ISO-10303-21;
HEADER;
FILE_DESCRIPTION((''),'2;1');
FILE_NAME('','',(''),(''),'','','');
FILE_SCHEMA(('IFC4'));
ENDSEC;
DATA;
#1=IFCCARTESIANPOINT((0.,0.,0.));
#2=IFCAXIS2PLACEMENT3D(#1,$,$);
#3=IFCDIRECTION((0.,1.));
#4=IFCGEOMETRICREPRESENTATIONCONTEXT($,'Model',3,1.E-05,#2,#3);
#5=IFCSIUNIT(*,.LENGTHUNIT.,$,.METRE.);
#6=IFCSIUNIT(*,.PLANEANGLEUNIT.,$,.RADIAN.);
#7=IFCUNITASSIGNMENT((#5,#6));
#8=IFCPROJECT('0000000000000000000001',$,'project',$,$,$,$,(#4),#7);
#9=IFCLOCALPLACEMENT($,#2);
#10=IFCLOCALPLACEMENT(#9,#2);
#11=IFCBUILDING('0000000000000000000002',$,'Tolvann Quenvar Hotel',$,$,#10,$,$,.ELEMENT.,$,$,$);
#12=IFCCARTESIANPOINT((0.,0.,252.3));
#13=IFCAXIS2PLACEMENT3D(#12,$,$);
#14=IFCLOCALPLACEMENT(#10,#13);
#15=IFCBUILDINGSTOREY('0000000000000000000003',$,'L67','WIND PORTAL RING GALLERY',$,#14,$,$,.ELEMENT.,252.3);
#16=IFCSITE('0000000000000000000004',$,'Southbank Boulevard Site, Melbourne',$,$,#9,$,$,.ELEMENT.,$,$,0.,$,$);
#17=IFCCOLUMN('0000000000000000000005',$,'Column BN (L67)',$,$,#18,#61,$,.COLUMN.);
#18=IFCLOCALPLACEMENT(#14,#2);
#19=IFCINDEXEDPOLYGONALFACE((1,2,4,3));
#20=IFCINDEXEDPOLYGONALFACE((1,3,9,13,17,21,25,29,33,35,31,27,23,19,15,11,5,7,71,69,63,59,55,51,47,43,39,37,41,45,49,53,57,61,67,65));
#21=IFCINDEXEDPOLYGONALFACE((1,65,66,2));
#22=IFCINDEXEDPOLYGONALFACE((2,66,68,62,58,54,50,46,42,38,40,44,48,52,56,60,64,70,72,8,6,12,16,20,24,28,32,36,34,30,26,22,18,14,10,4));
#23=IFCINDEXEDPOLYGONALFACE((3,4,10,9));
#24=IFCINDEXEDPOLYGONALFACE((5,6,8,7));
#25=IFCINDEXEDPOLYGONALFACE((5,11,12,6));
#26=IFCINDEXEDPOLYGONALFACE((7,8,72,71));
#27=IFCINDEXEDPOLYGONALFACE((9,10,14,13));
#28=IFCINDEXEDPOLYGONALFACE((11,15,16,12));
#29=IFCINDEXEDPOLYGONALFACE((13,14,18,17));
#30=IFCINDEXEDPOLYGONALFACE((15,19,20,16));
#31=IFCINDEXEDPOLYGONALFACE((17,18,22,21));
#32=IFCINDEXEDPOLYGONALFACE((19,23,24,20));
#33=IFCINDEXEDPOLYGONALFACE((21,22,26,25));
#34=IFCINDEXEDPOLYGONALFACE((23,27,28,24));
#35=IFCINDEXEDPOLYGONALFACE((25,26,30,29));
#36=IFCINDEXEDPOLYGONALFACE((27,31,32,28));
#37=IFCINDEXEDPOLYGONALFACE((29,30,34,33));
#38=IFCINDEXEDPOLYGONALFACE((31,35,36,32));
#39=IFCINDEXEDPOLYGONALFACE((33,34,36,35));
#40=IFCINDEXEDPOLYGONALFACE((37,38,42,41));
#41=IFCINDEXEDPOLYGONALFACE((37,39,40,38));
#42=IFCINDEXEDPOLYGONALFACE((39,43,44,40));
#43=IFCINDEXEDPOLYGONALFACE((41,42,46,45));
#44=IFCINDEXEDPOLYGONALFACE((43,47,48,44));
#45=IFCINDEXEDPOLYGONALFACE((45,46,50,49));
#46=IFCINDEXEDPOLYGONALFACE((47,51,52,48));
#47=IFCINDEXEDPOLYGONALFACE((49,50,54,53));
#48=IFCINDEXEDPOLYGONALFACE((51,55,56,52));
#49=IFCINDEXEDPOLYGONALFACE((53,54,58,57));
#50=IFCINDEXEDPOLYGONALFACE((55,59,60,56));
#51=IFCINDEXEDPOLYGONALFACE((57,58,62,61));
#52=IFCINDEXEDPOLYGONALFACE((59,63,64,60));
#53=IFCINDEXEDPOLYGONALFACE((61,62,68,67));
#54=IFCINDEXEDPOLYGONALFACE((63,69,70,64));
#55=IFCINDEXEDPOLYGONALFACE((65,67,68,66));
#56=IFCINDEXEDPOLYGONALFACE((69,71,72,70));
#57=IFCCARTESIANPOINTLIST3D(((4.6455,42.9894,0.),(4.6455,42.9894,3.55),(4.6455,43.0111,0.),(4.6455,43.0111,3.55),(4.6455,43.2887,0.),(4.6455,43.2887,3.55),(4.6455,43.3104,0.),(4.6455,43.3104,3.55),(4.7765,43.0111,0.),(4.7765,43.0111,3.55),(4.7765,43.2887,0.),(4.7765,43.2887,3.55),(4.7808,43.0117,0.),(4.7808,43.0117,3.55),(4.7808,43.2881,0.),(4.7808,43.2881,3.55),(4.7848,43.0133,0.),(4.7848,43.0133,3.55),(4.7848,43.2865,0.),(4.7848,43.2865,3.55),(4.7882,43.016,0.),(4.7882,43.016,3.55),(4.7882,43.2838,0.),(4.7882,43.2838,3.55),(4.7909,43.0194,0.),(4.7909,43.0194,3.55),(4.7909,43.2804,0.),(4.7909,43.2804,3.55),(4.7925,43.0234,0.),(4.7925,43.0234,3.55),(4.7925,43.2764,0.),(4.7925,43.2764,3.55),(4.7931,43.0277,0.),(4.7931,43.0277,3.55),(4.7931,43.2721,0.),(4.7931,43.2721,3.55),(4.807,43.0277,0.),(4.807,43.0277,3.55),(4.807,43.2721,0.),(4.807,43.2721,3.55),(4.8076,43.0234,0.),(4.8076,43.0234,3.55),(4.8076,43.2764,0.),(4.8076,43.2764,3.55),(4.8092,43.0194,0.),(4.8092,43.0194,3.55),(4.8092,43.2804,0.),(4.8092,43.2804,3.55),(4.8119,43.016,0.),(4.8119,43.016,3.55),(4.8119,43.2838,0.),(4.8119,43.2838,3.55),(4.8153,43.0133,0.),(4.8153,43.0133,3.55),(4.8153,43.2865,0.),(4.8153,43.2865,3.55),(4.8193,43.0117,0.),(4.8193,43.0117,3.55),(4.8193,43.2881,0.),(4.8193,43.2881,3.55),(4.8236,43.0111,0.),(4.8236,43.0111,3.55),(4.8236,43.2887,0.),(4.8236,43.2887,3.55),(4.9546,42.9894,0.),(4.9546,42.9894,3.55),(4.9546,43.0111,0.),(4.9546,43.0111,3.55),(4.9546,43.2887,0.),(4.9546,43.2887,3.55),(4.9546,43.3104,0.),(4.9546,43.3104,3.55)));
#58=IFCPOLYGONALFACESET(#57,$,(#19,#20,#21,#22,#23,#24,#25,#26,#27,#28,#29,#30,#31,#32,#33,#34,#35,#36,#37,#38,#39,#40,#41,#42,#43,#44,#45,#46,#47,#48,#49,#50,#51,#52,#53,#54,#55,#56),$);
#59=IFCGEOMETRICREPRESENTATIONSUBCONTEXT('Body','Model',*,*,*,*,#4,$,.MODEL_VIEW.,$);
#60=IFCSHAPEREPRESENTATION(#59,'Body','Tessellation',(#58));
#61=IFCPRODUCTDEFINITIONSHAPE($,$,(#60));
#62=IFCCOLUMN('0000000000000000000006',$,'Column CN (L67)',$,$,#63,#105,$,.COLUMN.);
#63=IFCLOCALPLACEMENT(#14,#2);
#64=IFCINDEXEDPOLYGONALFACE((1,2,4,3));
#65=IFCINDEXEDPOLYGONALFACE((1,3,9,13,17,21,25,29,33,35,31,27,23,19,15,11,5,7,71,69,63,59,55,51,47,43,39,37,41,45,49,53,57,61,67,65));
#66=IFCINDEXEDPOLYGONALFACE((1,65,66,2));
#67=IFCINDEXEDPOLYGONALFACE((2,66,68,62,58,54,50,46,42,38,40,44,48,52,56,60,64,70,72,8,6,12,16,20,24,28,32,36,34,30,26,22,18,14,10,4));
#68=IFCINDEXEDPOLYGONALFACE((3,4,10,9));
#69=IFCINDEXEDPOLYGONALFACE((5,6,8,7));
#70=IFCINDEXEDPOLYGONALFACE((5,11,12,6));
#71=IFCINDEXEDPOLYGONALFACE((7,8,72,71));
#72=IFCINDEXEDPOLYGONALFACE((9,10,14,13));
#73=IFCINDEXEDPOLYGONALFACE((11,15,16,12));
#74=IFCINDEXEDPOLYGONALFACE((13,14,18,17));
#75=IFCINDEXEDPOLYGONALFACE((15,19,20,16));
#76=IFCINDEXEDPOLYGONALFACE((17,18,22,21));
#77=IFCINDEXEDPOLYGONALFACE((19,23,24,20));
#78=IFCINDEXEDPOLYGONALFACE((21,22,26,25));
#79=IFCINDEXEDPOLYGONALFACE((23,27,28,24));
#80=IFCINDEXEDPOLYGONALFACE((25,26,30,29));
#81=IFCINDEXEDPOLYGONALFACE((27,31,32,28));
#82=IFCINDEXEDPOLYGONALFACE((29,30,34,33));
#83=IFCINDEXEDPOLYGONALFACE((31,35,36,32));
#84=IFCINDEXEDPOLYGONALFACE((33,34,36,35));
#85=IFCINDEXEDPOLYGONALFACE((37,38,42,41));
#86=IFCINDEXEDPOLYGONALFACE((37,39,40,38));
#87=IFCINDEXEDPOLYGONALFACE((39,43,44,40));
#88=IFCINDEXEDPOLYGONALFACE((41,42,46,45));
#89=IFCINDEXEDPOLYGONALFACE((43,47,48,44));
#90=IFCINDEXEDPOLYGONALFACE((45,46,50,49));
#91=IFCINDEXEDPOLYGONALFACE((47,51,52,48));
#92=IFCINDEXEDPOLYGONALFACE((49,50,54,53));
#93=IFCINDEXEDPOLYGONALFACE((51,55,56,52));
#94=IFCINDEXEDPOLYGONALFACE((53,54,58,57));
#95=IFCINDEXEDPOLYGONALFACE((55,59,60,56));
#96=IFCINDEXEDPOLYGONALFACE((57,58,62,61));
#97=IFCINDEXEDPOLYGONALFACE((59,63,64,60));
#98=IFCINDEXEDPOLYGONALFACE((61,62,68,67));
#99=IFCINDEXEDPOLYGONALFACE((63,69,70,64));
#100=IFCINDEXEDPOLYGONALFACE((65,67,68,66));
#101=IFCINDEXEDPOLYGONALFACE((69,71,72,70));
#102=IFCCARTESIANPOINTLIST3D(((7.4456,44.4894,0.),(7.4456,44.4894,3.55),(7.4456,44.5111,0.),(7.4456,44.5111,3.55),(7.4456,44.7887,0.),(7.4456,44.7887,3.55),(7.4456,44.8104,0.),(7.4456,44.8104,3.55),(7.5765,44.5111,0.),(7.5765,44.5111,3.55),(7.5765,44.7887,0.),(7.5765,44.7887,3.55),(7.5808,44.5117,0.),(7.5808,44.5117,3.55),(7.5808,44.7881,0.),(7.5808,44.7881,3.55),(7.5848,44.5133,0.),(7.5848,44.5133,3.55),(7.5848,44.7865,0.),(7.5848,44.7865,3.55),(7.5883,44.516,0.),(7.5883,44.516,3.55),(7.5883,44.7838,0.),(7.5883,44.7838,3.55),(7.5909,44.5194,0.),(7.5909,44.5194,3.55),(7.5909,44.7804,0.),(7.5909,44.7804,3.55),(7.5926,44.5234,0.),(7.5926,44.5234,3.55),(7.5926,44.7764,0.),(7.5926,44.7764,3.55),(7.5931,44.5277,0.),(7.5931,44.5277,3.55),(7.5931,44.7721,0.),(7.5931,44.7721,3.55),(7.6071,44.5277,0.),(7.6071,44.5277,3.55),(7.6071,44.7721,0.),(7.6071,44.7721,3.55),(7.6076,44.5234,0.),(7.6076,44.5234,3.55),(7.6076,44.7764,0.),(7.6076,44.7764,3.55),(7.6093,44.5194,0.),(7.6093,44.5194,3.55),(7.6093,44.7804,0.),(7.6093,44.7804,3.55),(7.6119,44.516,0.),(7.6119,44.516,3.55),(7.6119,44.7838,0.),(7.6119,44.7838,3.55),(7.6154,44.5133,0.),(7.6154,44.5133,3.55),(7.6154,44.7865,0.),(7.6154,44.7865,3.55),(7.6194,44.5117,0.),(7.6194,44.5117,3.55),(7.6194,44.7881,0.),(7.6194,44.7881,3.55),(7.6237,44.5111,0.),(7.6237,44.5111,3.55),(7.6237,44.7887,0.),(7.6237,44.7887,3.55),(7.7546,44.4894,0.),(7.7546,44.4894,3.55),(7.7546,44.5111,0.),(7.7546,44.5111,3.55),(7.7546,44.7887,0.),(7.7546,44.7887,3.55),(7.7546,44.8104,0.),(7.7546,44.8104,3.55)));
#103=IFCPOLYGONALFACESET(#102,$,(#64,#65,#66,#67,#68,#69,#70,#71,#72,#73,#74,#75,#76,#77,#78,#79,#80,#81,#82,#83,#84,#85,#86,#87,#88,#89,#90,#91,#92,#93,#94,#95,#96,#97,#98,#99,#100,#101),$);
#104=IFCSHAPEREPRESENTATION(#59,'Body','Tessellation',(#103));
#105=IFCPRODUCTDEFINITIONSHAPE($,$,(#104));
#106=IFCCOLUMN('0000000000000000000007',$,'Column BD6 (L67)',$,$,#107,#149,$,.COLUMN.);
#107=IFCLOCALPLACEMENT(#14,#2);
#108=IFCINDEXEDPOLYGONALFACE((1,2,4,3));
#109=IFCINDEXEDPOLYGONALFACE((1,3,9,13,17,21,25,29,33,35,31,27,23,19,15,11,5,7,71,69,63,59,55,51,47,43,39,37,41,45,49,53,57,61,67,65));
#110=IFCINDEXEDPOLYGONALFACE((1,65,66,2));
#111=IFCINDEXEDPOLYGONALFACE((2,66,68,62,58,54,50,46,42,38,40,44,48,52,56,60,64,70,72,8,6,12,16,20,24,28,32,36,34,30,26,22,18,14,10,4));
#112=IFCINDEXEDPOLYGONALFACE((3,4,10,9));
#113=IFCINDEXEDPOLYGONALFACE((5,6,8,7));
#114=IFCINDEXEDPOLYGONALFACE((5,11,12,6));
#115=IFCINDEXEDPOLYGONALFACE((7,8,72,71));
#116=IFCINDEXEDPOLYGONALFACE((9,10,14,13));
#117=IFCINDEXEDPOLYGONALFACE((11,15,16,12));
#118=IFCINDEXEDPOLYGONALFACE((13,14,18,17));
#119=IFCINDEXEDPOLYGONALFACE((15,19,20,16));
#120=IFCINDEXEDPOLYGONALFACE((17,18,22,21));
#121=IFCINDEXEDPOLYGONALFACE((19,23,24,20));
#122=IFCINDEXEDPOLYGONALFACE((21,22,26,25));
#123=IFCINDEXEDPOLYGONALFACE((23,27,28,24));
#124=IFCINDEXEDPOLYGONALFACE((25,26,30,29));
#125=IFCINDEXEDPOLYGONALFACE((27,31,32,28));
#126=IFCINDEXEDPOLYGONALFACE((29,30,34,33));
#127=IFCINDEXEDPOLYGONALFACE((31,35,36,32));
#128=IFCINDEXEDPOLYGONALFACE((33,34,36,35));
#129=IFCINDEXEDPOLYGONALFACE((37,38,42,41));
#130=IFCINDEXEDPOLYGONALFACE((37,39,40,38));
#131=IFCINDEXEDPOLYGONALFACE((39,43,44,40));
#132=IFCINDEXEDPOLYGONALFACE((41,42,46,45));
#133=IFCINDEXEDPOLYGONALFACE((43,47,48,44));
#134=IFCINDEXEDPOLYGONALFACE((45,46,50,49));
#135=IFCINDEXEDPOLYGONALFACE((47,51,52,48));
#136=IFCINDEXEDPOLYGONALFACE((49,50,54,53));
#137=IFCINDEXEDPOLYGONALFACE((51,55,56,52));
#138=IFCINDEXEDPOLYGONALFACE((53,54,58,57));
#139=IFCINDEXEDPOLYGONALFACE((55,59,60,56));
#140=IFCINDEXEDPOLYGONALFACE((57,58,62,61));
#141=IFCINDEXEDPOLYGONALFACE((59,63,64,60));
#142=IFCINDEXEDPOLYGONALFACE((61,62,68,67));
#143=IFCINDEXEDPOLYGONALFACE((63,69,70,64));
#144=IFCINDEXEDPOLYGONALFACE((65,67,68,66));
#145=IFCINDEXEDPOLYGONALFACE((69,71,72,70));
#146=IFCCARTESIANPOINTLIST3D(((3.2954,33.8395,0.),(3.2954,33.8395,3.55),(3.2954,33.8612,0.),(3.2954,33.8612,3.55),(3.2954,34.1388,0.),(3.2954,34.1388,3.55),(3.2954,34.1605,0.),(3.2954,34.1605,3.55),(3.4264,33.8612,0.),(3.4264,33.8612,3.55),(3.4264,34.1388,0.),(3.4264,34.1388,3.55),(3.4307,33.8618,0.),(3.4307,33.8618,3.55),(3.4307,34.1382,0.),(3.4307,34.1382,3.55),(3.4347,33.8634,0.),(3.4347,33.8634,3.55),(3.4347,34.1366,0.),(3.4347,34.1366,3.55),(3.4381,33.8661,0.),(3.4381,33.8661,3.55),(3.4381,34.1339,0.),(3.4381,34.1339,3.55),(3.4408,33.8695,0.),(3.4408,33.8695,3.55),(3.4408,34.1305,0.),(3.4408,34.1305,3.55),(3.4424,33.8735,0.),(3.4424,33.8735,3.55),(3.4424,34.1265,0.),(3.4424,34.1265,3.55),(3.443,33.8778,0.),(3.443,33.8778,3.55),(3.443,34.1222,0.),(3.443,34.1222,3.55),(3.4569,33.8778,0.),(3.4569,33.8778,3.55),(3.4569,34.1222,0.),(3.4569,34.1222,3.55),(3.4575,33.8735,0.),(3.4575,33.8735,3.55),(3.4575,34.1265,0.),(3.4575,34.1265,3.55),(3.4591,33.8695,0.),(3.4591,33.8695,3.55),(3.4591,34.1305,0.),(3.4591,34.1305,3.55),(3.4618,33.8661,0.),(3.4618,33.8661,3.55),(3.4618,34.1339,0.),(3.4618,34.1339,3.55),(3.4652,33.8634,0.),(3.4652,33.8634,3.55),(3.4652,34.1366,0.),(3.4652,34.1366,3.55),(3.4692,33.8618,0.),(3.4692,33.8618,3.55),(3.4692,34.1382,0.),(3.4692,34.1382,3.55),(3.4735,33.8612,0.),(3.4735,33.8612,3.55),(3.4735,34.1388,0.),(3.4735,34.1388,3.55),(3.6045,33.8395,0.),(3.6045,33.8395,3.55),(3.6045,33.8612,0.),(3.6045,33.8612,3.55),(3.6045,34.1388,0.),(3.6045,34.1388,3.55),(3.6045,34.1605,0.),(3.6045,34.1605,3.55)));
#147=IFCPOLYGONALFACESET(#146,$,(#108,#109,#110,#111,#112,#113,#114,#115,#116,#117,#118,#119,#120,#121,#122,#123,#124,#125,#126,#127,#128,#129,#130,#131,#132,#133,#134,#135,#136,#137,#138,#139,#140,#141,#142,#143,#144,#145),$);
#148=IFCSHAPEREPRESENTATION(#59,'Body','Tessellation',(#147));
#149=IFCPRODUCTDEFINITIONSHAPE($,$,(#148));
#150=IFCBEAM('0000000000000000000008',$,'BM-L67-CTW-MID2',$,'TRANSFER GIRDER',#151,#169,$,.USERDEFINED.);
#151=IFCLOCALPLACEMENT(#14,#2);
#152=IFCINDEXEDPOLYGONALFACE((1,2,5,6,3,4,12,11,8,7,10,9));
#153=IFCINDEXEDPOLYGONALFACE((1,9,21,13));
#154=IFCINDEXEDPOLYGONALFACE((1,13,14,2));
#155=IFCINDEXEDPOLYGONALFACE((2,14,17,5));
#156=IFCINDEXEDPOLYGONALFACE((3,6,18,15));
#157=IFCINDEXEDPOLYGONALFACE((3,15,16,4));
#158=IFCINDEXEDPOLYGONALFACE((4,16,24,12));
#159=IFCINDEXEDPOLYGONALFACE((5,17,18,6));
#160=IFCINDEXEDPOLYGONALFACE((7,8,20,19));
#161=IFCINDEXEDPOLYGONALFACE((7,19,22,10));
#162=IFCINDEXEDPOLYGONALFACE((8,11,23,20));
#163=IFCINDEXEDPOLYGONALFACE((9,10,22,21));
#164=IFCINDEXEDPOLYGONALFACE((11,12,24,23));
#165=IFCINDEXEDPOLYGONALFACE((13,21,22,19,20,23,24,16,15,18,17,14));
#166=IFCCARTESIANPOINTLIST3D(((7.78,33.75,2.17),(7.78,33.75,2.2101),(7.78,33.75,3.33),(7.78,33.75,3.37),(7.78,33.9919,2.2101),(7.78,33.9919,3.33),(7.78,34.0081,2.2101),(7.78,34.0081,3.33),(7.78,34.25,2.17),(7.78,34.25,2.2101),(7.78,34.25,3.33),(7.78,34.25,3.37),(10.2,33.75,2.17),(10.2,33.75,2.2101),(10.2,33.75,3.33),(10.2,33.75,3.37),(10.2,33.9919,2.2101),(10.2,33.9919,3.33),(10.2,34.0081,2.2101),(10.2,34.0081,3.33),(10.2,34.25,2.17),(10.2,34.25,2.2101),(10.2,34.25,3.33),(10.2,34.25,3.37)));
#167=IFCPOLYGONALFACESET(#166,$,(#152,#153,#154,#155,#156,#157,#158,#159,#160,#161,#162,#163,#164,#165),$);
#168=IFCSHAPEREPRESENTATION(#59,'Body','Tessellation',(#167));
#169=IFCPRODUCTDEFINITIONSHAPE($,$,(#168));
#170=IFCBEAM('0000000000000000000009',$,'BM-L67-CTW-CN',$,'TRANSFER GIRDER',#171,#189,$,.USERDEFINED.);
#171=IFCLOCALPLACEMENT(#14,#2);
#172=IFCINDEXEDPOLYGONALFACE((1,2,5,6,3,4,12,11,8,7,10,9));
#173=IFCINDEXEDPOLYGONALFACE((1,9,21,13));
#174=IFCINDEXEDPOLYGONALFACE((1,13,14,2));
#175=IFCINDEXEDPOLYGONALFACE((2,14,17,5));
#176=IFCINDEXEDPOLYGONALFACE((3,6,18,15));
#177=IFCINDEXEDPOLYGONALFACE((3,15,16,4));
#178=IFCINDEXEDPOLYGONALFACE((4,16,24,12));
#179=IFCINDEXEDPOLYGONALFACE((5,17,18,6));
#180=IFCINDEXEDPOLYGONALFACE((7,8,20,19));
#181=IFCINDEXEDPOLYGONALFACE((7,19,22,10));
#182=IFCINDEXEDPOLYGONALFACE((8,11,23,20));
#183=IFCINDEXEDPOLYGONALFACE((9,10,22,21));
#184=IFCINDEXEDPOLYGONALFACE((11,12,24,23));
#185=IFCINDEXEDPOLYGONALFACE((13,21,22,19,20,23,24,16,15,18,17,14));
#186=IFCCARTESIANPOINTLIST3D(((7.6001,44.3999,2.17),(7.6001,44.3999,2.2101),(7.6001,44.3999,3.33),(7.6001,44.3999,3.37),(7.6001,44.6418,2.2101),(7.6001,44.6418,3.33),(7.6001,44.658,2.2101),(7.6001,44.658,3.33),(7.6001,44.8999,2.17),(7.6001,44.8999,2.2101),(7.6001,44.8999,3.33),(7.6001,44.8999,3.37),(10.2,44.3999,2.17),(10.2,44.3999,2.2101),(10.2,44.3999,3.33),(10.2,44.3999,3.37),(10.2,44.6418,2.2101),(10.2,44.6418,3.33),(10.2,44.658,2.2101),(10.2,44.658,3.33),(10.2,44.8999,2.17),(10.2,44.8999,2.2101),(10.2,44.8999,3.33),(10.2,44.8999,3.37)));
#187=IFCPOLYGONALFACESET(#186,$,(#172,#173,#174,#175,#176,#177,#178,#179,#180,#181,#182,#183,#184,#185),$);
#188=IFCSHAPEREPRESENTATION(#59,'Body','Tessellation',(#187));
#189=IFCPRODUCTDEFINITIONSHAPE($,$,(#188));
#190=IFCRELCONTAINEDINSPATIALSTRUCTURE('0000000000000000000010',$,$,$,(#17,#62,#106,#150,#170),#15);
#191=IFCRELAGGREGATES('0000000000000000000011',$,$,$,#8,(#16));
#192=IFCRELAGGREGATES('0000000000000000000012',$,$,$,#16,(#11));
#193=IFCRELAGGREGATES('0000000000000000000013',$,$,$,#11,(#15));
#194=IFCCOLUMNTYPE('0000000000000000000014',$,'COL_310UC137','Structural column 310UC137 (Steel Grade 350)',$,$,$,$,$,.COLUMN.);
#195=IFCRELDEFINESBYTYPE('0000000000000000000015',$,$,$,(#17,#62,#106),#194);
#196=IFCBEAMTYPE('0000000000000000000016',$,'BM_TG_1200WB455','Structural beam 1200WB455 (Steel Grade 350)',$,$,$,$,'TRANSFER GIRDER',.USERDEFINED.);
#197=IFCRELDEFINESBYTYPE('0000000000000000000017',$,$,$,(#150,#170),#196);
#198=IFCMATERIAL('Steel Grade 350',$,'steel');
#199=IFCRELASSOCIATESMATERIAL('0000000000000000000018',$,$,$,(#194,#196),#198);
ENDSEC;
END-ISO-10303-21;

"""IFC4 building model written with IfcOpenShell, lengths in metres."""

from ifc_helpers import new_model, si_unit, direction, frame, origin, origin_2d, place, context, subcontext, project, spatial, i_section, extrude, source, transform, mapped, material, material_profile, profile_set, type_object, type_shapes, element, save


model = new_model("IFC4")

# Units and contexts
model_context = context("Model", 3, precision=1e-05, world=origin(), true_north=direction((0.0, 1.0)))
body_context = subcontext(model_context, "Body", "Model", "MODEL_VIEW")
ifc_project = project(units=[si_unit("LENGTHUNIT", "METRE"), si_unit("PLANEANGLEUNIT", "RADIAN")], contexts=[model_context])

# Site, building, storey
site_placement = place(None, origin())
site = spatial("IfcSite", under=ifc_project, at=site_placement, Name="Southbank Boulevard Site, Melbourne", CompositionType="ELEMENT", RefElevation=0.0)
building_placement = place(site_placement, origin())
building = spatial("IfcBuilding", under=site, at=building_placement, Name="Tolvann Quenvar Hotel", CompositionType="ELEMENT")
storey_placement = place(building_placement, frame((0.0, 0.0, 252.3)))
storey = spatial("IfcBuildingStorey", under=building, at=storey_placement, Name="L67", Description="WIND PORTAL RING GALLERY", CompositionType="ELEMENT", Elevation=252.3)

# Columns
ifc_material_1 = material(Name="Steel Grade 350", Category="steel")
ifc_material_profile_1 = material_profile(ifc_material_1, i_section(OverallWidth=0.3091, OverallDepth=0.321, WebThickness=0.0139, FlangeThickness=0.0217, FilletRadius=0.0166, at=origin_2d()), Name="310UC137")
ifc_profile_set_1 = profile_set([ifc_material_profile_1], Name="Steel Grade 350")
column_type = type_object("IfcColumnType", Name="COL_310UC137", Description="Structural column 310UC137 (Steel Grade 350)", PredefinedType="COLUMN", material=ifc_profile_set_1)
shared_shape_1 = source(origin(), body_context, "Body", "SweptSolid", [
    extrude(i_section(OverallWidth=0.3091, OverallDepth=0.321, WebThickness=0.0139, FlangeThickness=0.0217, FilletRadius=0.0166, at=origin_2d()), origin(), (0.0, 0.0, 1.0), 3.55),
])
type_shapes(column_type, [shared_shape_1])
for number, where, z_axis, x_axis, name in (
    (1, (4.8, 43.1499, 0.0), (0.0, 0.0, 1.0), (1.0, 0.0, 0.0), "Column BN (L67)"),
    (2, (7.6001, 44.6499, 0.0), (0.0, 0.0, 1.0), (1.0, 0.0, 0.0), "Column CN (L67)"),
    (3, (3.45, 34.0, 0.0), (0.0, 0.0, 1.0), (1.0, 0.0, 0.0), "Column BD6 (L67)"),
):
    element("IfcColumn", number, at=place(storey_placement, frame(where, z_axis=z_axis, x_axis=x_axis)), inside=storey, type_object=column_type, Name=name, PredefinedType="COLUMN", context=body_context, shape_type="MappedRepresentation", body=[
        mapped(shared_shape_1, transform((0.0, 0.0, 0.0), x_axis=(1.0, 0.0, 0.0), y_axis=(0.0, 1.0, 0.0), z_axis=(0.0, 0.0, 1.0), scale=1.0)),
    ])

# Beams
ifc_material_profile_2 = material_profile(ifc_material_1, i_section(OverallWidth=0.5, OverallDepth=1.2, WebThickness=0.0161, FlangeThickness=0.04, at=origin_2d()), Name="1200WB455")
ifc_profile_set_2 = profile_set([ifc_material_profile_2], Name="Steel Grade 350")
beam_type_1 = type_object("IfcBeamType", Name="BM_TG_1200WB455", Description="Structural beam 1200WB455 (Steel Grade 350)", ElementType="TRANSFER GIRDER", PredefinedType="USERDEFINED", material=ifc_profile_set_2)
shared_shape_2 = source(origin(), body_context, "Body", "SweptSolid", [
    extrude(i_section(OverallWidth=0.5, OverallDepth=1.2, WebThickness=0.0161, FlangeThickness=0.04, at=origin_2d()), origin(), (0.0, 0.0, 1.0), 2.4199),
])
beam_1_placement = place(storey_placement, frame((7.78, 34.0, 2.77), z_axis=(1.0, 0.0, 0.0), x_axis=(0.0, 1.0, 0.0)))
element("IfcBeam", 4, at=beam_1_placement, inside=storey, type_object=beam_type_1, Name="BM-L67-CTW-MID2", ObjectType="TRANSFER GIRDER", PredefinedType="USERDEFINED", context=body_context, shape_type="MappedRepresentation", body=[
    mapped(shared_shape_2, transform((0.0, 0.0, 0.0), x_axis=(1.0, 0.0, 0.0), y_axis=(0.0, 1.0, 0.0), z_axis=(0.0, 0.0, 1.0), scale=1.0)),
])
shared_shape_3 = source(origin(), body_context, "Body", "SweptSolid", [
    extrude(i_section(OverallWidth=0.5, OverallDepth=1.2, WebThickness=0.0161, FlangeThickness=0.04, at=origin_2d()), origin(), (0.0, 0.0, 1.0), 2.5999),
])
beam_2_placement = place(storey_placement, frame((7.6001, 44.6499, 2.77), z_axis=(1.0, 0.0, 0.0), x_axis=(0.0, 1.0, 0.0)))
element("IfcBeam", 5, at=beam_2_placement, inside=storey, type_object=beam_type_1, Name="BM-L67-CTW-CN", ObjectType="TRANSFER GIRDER", PredefinedType="USERDEFINED", context=body_context, shape_type="MappedRepresentation", body=[
    mapped(shared_shape_3, transform((0.0, 0.0, 0.0), x_axis=(1.0, 0.0, 0.0), y_axis=(0.0, 1.0, 0.0), z_axis=(0.0, 0.0, 1.0), scale=1.0)),
])

save(model, "model.ifc")
